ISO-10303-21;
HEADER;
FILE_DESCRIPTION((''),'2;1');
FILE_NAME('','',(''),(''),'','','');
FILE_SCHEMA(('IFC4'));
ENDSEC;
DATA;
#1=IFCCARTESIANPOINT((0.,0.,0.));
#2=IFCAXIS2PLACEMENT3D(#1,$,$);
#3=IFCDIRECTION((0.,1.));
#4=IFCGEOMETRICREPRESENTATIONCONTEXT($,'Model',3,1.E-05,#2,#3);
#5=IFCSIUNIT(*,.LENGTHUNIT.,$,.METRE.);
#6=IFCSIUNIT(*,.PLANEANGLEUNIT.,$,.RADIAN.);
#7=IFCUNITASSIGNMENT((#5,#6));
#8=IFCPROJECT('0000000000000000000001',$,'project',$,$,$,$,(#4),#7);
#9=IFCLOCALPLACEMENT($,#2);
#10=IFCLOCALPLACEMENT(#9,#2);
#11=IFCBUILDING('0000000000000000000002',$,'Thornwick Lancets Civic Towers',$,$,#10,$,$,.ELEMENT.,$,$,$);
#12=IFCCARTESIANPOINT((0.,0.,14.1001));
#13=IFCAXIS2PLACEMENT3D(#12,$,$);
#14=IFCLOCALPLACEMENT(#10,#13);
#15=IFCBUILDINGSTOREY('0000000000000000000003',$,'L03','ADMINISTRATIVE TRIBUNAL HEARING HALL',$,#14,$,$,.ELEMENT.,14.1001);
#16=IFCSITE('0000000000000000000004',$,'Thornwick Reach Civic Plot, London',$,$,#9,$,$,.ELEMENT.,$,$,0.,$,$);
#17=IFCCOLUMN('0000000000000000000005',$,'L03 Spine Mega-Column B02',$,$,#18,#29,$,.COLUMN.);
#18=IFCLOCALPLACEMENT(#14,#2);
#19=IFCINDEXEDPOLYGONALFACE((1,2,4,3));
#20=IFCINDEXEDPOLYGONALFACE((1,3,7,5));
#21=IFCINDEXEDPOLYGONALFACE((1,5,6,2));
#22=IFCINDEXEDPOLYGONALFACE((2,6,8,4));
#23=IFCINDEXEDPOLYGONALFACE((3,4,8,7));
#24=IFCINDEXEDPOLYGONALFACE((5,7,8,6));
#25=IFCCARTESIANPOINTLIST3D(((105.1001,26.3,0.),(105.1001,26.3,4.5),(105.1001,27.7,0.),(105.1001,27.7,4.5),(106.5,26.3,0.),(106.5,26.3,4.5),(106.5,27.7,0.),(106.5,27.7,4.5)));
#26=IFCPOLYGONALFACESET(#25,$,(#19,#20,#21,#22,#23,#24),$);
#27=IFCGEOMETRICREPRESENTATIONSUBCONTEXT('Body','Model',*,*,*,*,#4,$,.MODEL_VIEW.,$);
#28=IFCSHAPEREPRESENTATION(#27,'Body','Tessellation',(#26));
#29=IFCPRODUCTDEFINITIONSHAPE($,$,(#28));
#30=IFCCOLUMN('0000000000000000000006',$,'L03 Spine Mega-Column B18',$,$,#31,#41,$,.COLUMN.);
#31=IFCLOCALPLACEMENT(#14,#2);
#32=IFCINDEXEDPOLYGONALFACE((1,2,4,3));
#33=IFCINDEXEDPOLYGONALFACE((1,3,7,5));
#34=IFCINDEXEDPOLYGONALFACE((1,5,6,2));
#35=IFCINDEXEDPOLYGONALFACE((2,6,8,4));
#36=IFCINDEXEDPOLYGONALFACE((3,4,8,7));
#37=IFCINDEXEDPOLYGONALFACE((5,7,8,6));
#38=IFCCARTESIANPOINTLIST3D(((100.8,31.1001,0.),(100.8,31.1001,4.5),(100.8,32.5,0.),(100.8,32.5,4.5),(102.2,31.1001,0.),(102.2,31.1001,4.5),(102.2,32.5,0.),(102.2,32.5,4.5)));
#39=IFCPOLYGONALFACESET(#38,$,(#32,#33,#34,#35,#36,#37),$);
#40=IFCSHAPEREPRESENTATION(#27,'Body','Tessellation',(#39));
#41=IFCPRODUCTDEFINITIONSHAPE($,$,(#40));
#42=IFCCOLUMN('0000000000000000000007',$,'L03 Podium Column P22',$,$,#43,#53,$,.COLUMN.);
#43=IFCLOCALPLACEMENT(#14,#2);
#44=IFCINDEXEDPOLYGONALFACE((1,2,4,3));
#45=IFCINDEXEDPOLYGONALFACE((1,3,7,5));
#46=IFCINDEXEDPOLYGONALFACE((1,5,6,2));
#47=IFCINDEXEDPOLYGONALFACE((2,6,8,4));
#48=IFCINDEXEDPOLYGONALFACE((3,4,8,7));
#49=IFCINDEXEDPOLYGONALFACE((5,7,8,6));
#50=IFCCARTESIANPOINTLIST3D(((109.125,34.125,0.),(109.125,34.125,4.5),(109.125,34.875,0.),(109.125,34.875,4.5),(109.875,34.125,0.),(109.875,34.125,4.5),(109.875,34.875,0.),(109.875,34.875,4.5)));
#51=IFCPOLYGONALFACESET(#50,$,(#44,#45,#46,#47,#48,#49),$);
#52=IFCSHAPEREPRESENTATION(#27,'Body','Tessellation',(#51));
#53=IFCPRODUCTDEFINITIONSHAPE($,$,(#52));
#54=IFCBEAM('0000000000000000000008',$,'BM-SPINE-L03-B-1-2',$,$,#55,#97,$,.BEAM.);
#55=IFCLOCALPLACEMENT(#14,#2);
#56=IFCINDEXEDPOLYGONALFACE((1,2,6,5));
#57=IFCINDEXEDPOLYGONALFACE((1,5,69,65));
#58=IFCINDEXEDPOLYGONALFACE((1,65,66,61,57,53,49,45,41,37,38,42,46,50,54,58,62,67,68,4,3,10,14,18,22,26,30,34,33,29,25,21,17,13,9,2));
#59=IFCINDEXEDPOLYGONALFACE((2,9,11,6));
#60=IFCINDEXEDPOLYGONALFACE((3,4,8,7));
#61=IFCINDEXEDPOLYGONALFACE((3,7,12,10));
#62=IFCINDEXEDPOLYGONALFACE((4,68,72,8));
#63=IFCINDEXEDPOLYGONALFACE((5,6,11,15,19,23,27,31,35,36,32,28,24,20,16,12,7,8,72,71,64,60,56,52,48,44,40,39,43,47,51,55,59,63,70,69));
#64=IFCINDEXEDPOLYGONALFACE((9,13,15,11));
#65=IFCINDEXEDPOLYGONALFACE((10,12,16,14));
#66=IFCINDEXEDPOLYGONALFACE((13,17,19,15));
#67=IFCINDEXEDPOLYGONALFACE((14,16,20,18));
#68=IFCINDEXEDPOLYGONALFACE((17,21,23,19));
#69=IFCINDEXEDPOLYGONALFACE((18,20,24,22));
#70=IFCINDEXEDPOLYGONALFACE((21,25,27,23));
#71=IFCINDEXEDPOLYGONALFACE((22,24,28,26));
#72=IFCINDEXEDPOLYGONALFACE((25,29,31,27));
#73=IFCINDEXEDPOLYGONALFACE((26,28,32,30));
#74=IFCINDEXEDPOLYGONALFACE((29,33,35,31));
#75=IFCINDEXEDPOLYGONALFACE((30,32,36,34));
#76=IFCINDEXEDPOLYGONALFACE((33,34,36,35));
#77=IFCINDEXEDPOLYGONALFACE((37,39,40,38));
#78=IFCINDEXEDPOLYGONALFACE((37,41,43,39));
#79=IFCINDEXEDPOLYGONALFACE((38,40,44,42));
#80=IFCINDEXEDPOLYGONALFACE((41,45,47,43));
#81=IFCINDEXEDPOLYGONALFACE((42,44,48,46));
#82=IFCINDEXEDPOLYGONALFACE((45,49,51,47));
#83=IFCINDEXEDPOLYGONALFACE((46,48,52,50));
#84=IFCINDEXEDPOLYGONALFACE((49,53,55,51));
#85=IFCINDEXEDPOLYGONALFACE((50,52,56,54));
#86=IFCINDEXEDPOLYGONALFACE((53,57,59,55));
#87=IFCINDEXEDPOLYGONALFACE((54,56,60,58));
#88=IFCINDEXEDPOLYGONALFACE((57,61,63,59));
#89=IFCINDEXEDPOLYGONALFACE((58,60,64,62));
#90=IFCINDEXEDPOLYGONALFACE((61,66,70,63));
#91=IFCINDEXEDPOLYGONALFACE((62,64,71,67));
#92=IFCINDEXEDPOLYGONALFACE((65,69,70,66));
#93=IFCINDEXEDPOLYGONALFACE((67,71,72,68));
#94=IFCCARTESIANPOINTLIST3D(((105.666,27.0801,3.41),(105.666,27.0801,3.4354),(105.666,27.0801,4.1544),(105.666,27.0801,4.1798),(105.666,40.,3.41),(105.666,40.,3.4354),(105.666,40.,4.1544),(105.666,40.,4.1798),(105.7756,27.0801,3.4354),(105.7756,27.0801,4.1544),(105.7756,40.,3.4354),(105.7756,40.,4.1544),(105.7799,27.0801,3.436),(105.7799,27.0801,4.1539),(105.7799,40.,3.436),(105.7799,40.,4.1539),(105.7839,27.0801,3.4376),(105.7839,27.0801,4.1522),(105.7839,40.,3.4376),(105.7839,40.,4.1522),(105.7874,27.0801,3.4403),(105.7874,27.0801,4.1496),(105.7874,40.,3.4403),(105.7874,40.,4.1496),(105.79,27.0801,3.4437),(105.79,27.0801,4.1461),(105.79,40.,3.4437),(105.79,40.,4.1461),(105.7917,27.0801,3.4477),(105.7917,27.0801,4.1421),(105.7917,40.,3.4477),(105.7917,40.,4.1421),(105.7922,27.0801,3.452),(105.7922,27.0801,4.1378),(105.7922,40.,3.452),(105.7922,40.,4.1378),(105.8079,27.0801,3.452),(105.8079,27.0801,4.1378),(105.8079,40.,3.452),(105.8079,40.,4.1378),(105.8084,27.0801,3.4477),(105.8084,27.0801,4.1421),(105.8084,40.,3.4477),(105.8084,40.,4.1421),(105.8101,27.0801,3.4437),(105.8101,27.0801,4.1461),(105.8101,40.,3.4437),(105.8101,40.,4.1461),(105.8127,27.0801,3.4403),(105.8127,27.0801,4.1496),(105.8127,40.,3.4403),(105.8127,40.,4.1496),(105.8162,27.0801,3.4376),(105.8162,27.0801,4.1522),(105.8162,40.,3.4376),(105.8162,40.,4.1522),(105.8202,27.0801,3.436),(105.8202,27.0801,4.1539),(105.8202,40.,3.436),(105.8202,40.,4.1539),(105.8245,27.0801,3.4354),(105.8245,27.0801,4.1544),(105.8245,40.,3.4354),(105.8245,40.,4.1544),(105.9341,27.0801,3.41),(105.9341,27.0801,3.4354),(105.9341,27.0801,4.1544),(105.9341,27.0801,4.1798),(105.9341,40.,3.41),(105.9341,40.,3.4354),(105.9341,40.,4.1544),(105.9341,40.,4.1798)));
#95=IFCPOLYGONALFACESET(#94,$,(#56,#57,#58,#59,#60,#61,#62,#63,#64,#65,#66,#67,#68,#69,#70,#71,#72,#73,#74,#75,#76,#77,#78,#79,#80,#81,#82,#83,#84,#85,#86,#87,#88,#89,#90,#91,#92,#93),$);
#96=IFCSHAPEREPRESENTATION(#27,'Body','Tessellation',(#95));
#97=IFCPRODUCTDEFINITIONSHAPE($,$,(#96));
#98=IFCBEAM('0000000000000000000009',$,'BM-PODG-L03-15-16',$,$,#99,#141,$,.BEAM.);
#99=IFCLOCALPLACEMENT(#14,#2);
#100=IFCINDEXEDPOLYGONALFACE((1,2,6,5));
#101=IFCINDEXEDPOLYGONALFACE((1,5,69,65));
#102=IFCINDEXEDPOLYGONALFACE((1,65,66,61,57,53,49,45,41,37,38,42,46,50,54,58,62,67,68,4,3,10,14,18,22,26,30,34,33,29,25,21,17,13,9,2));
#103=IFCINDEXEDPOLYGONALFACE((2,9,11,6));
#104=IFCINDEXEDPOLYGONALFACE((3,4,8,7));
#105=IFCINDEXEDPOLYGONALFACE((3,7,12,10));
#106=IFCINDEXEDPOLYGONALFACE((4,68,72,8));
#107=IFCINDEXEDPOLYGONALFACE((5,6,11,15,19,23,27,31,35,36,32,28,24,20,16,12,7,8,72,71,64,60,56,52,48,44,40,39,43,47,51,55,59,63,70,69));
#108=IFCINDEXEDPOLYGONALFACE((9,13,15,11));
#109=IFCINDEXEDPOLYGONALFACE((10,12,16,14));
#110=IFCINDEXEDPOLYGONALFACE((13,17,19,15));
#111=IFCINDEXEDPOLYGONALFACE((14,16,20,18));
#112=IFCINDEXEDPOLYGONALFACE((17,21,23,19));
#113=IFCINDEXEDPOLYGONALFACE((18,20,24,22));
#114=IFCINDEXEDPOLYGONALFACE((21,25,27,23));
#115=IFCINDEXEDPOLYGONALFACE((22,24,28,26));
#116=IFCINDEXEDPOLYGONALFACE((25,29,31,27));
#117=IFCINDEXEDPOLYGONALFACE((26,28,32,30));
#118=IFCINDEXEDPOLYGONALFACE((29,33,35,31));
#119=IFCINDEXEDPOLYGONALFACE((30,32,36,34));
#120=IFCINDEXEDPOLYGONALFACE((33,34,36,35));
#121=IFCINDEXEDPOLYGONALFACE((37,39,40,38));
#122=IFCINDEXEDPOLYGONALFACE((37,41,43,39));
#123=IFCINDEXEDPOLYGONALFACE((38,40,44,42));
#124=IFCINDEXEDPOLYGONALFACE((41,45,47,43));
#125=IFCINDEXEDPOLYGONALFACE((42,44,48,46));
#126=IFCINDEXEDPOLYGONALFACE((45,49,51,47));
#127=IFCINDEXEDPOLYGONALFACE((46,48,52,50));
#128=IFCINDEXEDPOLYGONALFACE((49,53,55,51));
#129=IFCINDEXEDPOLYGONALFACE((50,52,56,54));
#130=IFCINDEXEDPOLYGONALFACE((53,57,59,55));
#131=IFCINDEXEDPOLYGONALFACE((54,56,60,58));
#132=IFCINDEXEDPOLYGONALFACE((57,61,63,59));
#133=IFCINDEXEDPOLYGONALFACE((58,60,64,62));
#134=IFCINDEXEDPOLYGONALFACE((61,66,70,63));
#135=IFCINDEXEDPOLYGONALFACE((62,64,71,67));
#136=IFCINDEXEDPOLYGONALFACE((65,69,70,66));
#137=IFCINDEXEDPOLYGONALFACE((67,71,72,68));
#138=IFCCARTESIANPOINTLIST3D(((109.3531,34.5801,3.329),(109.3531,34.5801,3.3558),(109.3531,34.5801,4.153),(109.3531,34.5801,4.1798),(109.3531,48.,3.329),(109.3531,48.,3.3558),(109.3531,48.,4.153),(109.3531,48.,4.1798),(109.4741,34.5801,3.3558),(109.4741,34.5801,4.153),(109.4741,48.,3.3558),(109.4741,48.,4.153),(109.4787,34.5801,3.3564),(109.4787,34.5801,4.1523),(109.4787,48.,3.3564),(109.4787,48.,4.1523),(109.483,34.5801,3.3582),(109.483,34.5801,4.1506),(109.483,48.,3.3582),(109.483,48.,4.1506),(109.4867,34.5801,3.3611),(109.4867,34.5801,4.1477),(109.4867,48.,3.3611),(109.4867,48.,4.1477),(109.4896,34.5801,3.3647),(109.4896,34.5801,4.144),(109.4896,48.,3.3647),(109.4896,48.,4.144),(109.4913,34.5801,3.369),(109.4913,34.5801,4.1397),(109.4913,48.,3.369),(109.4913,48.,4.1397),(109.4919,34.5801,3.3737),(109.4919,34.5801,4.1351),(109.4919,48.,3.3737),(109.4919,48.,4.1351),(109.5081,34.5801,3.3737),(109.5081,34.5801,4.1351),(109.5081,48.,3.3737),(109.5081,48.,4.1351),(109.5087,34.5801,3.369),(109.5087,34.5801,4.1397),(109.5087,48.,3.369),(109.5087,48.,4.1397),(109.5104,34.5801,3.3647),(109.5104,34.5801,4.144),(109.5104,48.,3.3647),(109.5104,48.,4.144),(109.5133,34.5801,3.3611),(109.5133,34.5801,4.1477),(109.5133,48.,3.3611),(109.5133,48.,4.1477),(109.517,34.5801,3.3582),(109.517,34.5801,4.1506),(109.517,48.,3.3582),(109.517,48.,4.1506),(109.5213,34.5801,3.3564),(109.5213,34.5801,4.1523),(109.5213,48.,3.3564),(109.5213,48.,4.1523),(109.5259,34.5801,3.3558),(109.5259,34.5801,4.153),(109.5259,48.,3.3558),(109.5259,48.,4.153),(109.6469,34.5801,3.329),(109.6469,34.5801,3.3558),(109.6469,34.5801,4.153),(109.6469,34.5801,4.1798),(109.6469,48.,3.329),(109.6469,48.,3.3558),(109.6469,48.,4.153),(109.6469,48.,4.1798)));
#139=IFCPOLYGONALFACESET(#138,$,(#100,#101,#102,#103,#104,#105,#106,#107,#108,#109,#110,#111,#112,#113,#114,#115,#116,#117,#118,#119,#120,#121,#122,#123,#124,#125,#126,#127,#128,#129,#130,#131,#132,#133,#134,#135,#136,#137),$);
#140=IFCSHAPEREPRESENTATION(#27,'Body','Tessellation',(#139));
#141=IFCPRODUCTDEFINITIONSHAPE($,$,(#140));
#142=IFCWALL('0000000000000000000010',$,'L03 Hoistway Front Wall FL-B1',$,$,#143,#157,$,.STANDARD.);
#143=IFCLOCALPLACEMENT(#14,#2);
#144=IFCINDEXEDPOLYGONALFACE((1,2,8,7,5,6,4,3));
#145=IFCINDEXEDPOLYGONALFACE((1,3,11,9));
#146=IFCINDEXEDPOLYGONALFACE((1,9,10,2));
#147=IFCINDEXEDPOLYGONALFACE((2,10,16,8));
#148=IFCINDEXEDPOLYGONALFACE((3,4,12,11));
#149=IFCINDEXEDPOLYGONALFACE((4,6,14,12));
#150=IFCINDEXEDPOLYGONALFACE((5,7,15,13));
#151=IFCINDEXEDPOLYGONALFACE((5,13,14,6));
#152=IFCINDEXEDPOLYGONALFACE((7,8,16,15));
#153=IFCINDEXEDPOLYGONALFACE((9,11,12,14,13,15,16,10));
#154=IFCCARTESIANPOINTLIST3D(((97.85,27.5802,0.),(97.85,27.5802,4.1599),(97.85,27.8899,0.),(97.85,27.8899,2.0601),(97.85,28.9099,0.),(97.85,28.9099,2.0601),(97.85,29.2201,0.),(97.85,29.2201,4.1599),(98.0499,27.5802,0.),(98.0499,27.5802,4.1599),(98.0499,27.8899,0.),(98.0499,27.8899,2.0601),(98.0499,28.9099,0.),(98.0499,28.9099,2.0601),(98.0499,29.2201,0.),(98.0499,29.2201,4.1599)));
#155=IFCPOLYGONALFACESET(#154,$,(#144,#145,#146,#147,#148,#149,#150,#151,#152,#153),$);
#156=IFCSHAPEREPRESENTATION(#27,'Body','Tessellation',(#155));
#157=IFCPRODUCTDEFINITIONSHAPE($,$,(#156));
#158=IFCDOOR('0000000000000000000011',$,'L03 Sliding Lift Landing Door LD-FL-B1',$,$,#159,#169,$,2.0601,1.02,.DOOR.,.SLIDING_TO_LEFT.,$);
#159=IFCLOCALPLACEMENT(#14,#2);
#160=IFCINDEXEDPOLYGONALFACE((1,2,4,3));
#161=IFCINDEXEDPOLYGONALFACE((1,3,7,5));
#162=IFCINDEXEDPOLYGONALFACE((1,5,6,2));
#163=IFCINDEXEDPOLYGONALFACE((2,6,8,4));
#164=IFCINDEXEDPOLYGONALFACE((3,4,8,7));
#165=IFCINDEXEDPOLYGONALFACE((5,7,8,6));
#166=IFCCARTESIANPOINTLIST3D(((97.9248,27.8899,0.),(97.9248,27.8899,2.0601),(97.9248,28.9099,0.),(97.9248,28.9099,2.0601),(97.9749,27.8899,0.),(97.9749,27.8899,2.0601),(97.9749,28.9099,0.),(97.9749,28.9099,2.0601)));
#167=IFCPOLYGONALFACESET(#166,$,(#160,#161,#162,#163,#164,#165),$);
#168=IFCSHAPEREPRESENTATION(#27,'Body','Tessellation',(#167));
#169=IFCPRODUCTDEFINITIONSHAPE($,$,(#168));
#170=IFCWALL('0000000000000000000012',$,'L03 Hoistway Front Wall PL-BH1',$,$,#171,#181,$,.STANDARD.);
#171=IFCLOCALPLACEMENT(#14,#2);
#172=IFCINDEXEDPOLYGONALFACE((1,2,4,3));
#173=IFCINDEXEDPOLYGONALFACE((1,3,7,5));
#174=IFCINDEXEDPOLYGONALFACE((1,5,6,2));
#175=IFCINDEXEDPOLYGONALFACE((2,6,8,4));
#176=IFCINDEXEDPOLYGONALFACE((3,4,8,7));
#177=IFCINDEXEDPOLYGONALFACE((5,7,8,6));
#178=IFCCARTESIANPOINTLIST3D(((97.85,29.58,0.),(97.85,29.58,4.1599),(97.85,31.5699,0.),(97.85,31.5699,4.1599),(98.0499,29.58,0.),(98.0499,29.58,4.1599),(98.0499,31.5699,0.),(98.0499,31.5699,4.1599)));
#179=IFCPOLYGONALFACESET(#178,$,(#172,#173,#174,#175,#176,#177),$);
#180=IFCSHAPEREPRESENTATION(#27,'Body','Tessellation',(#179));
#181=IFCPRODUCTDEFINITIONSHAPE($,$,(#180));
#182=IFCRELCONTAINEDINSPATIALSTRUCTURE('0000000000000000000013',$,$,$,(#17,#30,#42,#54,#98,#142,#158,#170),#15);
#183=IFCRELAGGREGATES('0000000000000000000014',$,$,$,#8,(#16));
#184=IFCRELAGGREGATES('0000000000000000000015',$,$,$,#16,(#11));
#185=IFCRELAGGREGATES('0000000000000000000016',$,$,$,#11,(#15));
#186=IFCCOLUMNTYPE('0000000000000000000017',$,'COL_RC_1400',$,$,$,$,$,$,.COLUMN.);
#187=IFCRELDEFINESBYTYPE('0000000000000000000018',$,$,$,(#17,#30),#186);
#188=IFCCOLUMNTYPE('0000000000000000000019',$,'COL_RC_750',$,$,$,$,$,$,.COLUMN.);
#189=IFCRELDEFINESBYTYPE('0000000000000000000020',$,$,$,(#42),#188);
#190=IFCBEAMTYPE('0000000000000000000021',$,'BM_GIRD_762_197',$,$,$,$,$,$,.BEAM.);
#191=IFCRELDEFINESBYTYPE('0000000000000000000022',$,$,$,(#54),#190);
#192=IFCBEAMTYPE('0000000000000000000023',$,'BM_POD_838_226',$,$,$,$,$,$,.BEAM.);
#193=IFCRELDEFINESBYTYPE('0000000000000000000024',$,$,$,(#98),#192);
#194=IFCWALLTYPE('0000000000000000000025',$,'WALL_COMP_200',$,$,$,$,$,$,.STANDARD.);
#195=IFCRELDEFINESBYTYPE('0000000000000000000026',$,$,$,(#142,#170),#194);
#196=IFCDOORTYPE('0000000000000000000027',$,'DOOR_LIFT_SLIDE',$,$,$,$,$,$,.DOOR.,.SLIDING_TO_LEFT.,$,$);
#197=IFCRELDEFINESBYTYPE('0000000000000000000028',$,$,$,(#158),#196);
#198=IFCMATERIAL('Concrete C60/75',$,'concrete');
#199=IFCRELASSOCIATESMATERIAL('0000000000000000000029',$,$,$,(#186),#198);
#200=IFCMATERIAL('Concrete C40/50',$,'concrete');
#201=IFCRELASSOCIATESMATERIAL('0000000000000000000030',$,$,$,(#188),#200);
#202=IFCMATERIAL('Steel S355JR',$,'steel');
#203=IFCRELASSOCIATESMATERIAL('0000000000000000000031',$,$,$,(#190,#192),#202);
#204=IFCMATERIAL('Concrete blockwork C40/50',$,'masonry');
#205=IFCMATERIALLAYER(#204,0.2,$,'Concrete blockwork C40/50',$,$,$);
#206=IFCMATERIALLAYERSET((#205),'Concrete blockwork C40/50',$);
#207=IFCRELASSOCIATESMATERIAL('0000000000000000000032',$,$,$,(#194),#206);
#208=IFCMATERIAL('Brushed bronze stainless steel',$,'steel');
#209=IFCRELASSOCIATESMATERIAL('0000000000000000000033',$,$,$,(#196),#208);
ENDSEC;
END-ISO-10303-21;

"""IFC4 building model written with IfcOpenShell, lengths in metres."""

from ifc_helpers import new_model, si_unit, direction, frame, frame_2d, origin, origin_2d, place, context, subcontext, project, spatial, rectangle, i_section, extrude, material, layer, layer_set, material_profile, profile_set, type_object, element, fill, save


model = new_model("IFC4")

# Units and contexts
model_context = context("Model", 3, precision=1e-05, world=origin(), true_north=direction((0.0, 1.0)))
body_context = subcontext(model_context, "Body", "Model", "MODEL_VIEW")
ifc_project = project(units=[si_unit("LENGTHUNIT", "METRE"), si_unit("PLANEANGLEUNIT", "RADIAN")], contexts=[model_context])

# Site, building, storey
site_placement = place(None, origin())
site = spatial("IfcSite", under=ifc_project, at=site_placement, Name="Thornwick Reach Civic Plot, London", CompositionType="ELEMENT", RefElevation=0.0)
building_placement = place(site_placement, origin())
building = spatial("IfcBuilding", under=site, at=building_placement, Name="Thornwick Lancets Civic Towers", CompositionType="ELEMENT")
storey_placement = place(building_placement, frame((0.0, 0.0, 14.1001)))
storey = spatial("IfcBuildingStorey", under=building, at=storey_placement, Name="L03", Description="ADMINISTRATIVE TRIBUNAL HEARING HALL", CompositionType="ELEMENT", Elevation=14.1001)

# Columns
ifc_material_1 = material(Name="Concrete C60/75", Category="concrete")
ifc_material_profile_1 = material_profile(ifc_material_1, rectangle(XDim=1.3999, YDim=1.3999, at=origin_2d()), Name="RC 1400x1400")
ifc_profile_set_1 = profile_set([ifc_material_profile_1], Name="Concrete C60/75")
column_type_1 = type_object("IfcColumnType", Name="COL_RC_1400", PredefinedType="COLUMN", material=ifc_profile_set_1)
for number, where, z_axis, x_axis, name in (
    (1, (105.8, 27.0, 0.0), (0.0, 0.0, 1.0), (1.0, 0.0, 0.0), "L03 Spine Mega-Column B02"),
    (2, (101.5, 31.8, 0.0), (0.0, 0.0, 1.0), (1.0, 0.0, 0.0), "L03 Spine Mega-Column B18"),
):
    element("IfcColumn", number, at=place(storey_placement, frame(where, z_axis=z_axis, x_axis=x_axis)), inside=storey, type_object=column_type_1, Name=name, PredefinedType="COLUMN", context=body_context, shape_type="SweptSolid", body=[
        extrude(rectangle(XDim=1.3999, YDim=1.3999, at=origin_2d()), origin(), (0.0, 0.0, 1.0), 4.5),
    ])
ifc_material_2 = material(Name="Concrete C40/50", Category="concrete")
ifc_material_profile_2 = material_profile(ifc_material_2, rectangle(XDim=0.75, YDim=0.75, at=origin_2d()), Name="RC 750x750")
ifc_profile_set_2 = profile_set([ifc_material_profile_2], Name="Concrete C40/50")
column_type_2 = type_object("IfcColumnType", Name="COL_RC_750", PredefinedType="COLUMN", material=ifc_profile_set_2)
column_placement = place(storey_placement, frame((109.5, 34.5, 0.0), z_axis=(0.0, 0.0, 1.0), x_axis=(1.0, 0.0, 0.0)))
element("IfcColumn", 3, at=column_placement, inside=storey, type_object=column_type_2, Name="L03 Podium Column P22", PredefinedType="COLUMN", context=body_context, shape_type="SweptSolid", body=[
    extrude(rectangle(XDim=0.75, YDim=0.75, at=origin_2d()), origin(), (0.0, 0.0, 1.0), 4.5),
])

# Beams
ifc_material_3 = material(Name="Steel S355JR", Category="steel")
ifc_material_profile_3 = material_profile(ifc_material_3, i_section(OverallWidth=0.2681, OverallDepth=0.7698, WebThickness=0.0156, FlangeThickness=0.0254, FilletRadius=0.0166, at=origin_2d()), Name="UKB 762x267x197")
ifc_profile_set_3 = profile_set([ifc_material_profile_3], Name="Steel S355JR")
beam_type_1 = type_object("IfcBeamType", Name="BM_GIRD_762_197", PredefinedType="BEAM", material=ifc_profile_set_3)
beam_1_placement = place(storey_placement, frame((105.8, 27.0801, 3.7949), z_axis=(0.0, 1.0, 0.0), x_axis=(-1.0, 0.0, 0.0)))
element("IfcBeam", 4, at=beam_1_placement, inside=storey, type_object=beam_type_1, Name="BM-SPINE-L03-B-1-2", PredefinedType="BEAM", context=body_context, shape_type="SweptSolid", body=[
    extrude(i_section(OverallWidth=0.2681, OverallDepth=0.7698, WebThickness=0.0156, FlangeThickness=0.0254, FilletRadius=0.0166, at=origin_2d()), origin(), (0.0, 0.0, 1.0), 12.9199),
])
ifc_material_profile_4 = material_profile(ifc_material_3, i_section(OverallWidth=0.2937, OverallDepth=0.8508, WebThickness=0.0161, FlangeThickness=0.0269, FilletRadius=0.0178, at=origin_2d()), Name="UKB 838x292x226")
ifc_profile_set_4 = profile_set([ifc_material_profile_4], Name="Steel S355JR")
beam_type_2 = type_object("IfcBeamType", Name="BM_POD_838_226", PredefinedType="BEAM", material=ifc_profile_set_4)
beam_2_placement = place(storey_placement, frame((109.5, 34.5801, 3.7544), z_axis=(0.0, 1.0, 0.0), x_axis=(-1.0, 0.0, 0.0)))
element("IfcBeam", 5, at=beam_2_placement, inside=storey, type_object=beam_type_2, Name="BM-PODG-L03-15-16", PredefinedType="BEAM", context=body_context, shape_type="SweptSolid", body=[
    extrude(i_section(OverallWidth=0.2937, OverallDepth=0.8508, WebThickness=0.0161, FlangeThickness=0.0269, FilletRadius=0.0178, at=origin_2d()), origin(), (0.0, 0.0, 1.0), 13.4199),
])

# Wall, opening, door
ifc_material_4 = material(Name="Concrete blockwork C40/50", Category="masonry")
ifc_layer_1 = layer(ifc_material_4, 0.2, Name="Concrete blockwork C40/50")
ifc_layer_set_1 = layer_set([ifc_layer_1], Name="Concrete blockwork C40/50")
wall_type_1 = type_object("IfcWallType", Name="WALL_COMP_200", PredefinedType="STANDARD", material=ifc_layer_set_1)
wall_1_placement = place(storey_placement, frame((97.95, 29.22, 0.0), z_axis=(0.0, 0.0, 1.0), x_axis=(0.0, -1.0, 0.0)))
wall_1 = element("IfcWall", 6, at=wall_1_placement, inside=storey, type_object=wall_type_1, Name="L03 Hoistway Front Wall FL-B1", PredefinedType="STANDARD", context=body_context, shape_type="SweptSolid", body=[
    extrude(rectangle(XDim=1.6399, YDim=0.2, at=frame_2d((0.8198, 0.0))), origin(), (0.0, 0.0, 1.0), 4.1599),
])
opening_1_placement = place(wall_1_placement, frame((0.3101, 0.0, 0.0)))
opening_1 = element("IfcOpeningElement", 7, at=opening_1_placement, cuts=wall_1, PredefinedType="OPENING", context=body_context, shape_type="SweptSolid", body=[
    extrude(rectangle(XDim=1.02, YDim=2.0601, at=frame_2d((0.51, 1.03))), frame((0.0, 0.1099, 0.0), z_axis=(0.0, -1.0, 0.0), x_axis=(1.0, 0.0, 0.0)), (0.0, 0.0, 1.0), 0.22),
])
ifc_material_5 = material(Name="Brushed bronze stainless steel", Category="steel")
door_type = type_object("IfcDoorType", Name="DOOR_LIFT_SLIDE", OperationType="SLIDING_TO_LEFT", PredefinedType="DOOR", material=ifc_material_5)
door_1_placement = place(opening_1_placement, origin())
door_1 = element("IfcDoor", 8, at=door_1_placement, inside=storey, type_object=door_type, Name="L03 Sliding Lift Landing Door LD-FL-B1", OperationType="SLIDING_TO_LEFT", OverallHeight=2.0601, OverallWidth=1.02, PredefinedType="DOOR", context=body_context, shape_type="SweptSolid", body=[
    extrude(rectangle(XDim=1.02, YDim=2.0601, at=frame_2d((0.51, 1.03))), frame((0.0, 0.0249, 0.0), z_axis=(0.0, -1.0, 0.0), x_axis=(1.0, 0.0, 0.0)), (0.0, 0.0, 1.0), 0.05),
])
fill(opening_1, door_1)

# Wall
wall_2_placement = place(storey_placement, frame((97.95, 31.5701, 0.0), z_axis=(0.0, 0.0, 1.0), x_axis=(0.0, -1.0, 0.0)))
element("IfcWall", 9, at=wall_2_placement, inside=storey, type_object=wall_type_1, Name="L03 Hoistway Front Wall PL-BH1", PredefinedType="STANDARD", context=body_context, shape_type="SweptSolid", body=[
    extrude(rectangle(XDim=1.99, YDim=0.2, at=frame_2d((0.9951, 0.0))), origin(), (0.0, 0.0, 1.0), 4.1599),
])

save(model, "model.ifc")
